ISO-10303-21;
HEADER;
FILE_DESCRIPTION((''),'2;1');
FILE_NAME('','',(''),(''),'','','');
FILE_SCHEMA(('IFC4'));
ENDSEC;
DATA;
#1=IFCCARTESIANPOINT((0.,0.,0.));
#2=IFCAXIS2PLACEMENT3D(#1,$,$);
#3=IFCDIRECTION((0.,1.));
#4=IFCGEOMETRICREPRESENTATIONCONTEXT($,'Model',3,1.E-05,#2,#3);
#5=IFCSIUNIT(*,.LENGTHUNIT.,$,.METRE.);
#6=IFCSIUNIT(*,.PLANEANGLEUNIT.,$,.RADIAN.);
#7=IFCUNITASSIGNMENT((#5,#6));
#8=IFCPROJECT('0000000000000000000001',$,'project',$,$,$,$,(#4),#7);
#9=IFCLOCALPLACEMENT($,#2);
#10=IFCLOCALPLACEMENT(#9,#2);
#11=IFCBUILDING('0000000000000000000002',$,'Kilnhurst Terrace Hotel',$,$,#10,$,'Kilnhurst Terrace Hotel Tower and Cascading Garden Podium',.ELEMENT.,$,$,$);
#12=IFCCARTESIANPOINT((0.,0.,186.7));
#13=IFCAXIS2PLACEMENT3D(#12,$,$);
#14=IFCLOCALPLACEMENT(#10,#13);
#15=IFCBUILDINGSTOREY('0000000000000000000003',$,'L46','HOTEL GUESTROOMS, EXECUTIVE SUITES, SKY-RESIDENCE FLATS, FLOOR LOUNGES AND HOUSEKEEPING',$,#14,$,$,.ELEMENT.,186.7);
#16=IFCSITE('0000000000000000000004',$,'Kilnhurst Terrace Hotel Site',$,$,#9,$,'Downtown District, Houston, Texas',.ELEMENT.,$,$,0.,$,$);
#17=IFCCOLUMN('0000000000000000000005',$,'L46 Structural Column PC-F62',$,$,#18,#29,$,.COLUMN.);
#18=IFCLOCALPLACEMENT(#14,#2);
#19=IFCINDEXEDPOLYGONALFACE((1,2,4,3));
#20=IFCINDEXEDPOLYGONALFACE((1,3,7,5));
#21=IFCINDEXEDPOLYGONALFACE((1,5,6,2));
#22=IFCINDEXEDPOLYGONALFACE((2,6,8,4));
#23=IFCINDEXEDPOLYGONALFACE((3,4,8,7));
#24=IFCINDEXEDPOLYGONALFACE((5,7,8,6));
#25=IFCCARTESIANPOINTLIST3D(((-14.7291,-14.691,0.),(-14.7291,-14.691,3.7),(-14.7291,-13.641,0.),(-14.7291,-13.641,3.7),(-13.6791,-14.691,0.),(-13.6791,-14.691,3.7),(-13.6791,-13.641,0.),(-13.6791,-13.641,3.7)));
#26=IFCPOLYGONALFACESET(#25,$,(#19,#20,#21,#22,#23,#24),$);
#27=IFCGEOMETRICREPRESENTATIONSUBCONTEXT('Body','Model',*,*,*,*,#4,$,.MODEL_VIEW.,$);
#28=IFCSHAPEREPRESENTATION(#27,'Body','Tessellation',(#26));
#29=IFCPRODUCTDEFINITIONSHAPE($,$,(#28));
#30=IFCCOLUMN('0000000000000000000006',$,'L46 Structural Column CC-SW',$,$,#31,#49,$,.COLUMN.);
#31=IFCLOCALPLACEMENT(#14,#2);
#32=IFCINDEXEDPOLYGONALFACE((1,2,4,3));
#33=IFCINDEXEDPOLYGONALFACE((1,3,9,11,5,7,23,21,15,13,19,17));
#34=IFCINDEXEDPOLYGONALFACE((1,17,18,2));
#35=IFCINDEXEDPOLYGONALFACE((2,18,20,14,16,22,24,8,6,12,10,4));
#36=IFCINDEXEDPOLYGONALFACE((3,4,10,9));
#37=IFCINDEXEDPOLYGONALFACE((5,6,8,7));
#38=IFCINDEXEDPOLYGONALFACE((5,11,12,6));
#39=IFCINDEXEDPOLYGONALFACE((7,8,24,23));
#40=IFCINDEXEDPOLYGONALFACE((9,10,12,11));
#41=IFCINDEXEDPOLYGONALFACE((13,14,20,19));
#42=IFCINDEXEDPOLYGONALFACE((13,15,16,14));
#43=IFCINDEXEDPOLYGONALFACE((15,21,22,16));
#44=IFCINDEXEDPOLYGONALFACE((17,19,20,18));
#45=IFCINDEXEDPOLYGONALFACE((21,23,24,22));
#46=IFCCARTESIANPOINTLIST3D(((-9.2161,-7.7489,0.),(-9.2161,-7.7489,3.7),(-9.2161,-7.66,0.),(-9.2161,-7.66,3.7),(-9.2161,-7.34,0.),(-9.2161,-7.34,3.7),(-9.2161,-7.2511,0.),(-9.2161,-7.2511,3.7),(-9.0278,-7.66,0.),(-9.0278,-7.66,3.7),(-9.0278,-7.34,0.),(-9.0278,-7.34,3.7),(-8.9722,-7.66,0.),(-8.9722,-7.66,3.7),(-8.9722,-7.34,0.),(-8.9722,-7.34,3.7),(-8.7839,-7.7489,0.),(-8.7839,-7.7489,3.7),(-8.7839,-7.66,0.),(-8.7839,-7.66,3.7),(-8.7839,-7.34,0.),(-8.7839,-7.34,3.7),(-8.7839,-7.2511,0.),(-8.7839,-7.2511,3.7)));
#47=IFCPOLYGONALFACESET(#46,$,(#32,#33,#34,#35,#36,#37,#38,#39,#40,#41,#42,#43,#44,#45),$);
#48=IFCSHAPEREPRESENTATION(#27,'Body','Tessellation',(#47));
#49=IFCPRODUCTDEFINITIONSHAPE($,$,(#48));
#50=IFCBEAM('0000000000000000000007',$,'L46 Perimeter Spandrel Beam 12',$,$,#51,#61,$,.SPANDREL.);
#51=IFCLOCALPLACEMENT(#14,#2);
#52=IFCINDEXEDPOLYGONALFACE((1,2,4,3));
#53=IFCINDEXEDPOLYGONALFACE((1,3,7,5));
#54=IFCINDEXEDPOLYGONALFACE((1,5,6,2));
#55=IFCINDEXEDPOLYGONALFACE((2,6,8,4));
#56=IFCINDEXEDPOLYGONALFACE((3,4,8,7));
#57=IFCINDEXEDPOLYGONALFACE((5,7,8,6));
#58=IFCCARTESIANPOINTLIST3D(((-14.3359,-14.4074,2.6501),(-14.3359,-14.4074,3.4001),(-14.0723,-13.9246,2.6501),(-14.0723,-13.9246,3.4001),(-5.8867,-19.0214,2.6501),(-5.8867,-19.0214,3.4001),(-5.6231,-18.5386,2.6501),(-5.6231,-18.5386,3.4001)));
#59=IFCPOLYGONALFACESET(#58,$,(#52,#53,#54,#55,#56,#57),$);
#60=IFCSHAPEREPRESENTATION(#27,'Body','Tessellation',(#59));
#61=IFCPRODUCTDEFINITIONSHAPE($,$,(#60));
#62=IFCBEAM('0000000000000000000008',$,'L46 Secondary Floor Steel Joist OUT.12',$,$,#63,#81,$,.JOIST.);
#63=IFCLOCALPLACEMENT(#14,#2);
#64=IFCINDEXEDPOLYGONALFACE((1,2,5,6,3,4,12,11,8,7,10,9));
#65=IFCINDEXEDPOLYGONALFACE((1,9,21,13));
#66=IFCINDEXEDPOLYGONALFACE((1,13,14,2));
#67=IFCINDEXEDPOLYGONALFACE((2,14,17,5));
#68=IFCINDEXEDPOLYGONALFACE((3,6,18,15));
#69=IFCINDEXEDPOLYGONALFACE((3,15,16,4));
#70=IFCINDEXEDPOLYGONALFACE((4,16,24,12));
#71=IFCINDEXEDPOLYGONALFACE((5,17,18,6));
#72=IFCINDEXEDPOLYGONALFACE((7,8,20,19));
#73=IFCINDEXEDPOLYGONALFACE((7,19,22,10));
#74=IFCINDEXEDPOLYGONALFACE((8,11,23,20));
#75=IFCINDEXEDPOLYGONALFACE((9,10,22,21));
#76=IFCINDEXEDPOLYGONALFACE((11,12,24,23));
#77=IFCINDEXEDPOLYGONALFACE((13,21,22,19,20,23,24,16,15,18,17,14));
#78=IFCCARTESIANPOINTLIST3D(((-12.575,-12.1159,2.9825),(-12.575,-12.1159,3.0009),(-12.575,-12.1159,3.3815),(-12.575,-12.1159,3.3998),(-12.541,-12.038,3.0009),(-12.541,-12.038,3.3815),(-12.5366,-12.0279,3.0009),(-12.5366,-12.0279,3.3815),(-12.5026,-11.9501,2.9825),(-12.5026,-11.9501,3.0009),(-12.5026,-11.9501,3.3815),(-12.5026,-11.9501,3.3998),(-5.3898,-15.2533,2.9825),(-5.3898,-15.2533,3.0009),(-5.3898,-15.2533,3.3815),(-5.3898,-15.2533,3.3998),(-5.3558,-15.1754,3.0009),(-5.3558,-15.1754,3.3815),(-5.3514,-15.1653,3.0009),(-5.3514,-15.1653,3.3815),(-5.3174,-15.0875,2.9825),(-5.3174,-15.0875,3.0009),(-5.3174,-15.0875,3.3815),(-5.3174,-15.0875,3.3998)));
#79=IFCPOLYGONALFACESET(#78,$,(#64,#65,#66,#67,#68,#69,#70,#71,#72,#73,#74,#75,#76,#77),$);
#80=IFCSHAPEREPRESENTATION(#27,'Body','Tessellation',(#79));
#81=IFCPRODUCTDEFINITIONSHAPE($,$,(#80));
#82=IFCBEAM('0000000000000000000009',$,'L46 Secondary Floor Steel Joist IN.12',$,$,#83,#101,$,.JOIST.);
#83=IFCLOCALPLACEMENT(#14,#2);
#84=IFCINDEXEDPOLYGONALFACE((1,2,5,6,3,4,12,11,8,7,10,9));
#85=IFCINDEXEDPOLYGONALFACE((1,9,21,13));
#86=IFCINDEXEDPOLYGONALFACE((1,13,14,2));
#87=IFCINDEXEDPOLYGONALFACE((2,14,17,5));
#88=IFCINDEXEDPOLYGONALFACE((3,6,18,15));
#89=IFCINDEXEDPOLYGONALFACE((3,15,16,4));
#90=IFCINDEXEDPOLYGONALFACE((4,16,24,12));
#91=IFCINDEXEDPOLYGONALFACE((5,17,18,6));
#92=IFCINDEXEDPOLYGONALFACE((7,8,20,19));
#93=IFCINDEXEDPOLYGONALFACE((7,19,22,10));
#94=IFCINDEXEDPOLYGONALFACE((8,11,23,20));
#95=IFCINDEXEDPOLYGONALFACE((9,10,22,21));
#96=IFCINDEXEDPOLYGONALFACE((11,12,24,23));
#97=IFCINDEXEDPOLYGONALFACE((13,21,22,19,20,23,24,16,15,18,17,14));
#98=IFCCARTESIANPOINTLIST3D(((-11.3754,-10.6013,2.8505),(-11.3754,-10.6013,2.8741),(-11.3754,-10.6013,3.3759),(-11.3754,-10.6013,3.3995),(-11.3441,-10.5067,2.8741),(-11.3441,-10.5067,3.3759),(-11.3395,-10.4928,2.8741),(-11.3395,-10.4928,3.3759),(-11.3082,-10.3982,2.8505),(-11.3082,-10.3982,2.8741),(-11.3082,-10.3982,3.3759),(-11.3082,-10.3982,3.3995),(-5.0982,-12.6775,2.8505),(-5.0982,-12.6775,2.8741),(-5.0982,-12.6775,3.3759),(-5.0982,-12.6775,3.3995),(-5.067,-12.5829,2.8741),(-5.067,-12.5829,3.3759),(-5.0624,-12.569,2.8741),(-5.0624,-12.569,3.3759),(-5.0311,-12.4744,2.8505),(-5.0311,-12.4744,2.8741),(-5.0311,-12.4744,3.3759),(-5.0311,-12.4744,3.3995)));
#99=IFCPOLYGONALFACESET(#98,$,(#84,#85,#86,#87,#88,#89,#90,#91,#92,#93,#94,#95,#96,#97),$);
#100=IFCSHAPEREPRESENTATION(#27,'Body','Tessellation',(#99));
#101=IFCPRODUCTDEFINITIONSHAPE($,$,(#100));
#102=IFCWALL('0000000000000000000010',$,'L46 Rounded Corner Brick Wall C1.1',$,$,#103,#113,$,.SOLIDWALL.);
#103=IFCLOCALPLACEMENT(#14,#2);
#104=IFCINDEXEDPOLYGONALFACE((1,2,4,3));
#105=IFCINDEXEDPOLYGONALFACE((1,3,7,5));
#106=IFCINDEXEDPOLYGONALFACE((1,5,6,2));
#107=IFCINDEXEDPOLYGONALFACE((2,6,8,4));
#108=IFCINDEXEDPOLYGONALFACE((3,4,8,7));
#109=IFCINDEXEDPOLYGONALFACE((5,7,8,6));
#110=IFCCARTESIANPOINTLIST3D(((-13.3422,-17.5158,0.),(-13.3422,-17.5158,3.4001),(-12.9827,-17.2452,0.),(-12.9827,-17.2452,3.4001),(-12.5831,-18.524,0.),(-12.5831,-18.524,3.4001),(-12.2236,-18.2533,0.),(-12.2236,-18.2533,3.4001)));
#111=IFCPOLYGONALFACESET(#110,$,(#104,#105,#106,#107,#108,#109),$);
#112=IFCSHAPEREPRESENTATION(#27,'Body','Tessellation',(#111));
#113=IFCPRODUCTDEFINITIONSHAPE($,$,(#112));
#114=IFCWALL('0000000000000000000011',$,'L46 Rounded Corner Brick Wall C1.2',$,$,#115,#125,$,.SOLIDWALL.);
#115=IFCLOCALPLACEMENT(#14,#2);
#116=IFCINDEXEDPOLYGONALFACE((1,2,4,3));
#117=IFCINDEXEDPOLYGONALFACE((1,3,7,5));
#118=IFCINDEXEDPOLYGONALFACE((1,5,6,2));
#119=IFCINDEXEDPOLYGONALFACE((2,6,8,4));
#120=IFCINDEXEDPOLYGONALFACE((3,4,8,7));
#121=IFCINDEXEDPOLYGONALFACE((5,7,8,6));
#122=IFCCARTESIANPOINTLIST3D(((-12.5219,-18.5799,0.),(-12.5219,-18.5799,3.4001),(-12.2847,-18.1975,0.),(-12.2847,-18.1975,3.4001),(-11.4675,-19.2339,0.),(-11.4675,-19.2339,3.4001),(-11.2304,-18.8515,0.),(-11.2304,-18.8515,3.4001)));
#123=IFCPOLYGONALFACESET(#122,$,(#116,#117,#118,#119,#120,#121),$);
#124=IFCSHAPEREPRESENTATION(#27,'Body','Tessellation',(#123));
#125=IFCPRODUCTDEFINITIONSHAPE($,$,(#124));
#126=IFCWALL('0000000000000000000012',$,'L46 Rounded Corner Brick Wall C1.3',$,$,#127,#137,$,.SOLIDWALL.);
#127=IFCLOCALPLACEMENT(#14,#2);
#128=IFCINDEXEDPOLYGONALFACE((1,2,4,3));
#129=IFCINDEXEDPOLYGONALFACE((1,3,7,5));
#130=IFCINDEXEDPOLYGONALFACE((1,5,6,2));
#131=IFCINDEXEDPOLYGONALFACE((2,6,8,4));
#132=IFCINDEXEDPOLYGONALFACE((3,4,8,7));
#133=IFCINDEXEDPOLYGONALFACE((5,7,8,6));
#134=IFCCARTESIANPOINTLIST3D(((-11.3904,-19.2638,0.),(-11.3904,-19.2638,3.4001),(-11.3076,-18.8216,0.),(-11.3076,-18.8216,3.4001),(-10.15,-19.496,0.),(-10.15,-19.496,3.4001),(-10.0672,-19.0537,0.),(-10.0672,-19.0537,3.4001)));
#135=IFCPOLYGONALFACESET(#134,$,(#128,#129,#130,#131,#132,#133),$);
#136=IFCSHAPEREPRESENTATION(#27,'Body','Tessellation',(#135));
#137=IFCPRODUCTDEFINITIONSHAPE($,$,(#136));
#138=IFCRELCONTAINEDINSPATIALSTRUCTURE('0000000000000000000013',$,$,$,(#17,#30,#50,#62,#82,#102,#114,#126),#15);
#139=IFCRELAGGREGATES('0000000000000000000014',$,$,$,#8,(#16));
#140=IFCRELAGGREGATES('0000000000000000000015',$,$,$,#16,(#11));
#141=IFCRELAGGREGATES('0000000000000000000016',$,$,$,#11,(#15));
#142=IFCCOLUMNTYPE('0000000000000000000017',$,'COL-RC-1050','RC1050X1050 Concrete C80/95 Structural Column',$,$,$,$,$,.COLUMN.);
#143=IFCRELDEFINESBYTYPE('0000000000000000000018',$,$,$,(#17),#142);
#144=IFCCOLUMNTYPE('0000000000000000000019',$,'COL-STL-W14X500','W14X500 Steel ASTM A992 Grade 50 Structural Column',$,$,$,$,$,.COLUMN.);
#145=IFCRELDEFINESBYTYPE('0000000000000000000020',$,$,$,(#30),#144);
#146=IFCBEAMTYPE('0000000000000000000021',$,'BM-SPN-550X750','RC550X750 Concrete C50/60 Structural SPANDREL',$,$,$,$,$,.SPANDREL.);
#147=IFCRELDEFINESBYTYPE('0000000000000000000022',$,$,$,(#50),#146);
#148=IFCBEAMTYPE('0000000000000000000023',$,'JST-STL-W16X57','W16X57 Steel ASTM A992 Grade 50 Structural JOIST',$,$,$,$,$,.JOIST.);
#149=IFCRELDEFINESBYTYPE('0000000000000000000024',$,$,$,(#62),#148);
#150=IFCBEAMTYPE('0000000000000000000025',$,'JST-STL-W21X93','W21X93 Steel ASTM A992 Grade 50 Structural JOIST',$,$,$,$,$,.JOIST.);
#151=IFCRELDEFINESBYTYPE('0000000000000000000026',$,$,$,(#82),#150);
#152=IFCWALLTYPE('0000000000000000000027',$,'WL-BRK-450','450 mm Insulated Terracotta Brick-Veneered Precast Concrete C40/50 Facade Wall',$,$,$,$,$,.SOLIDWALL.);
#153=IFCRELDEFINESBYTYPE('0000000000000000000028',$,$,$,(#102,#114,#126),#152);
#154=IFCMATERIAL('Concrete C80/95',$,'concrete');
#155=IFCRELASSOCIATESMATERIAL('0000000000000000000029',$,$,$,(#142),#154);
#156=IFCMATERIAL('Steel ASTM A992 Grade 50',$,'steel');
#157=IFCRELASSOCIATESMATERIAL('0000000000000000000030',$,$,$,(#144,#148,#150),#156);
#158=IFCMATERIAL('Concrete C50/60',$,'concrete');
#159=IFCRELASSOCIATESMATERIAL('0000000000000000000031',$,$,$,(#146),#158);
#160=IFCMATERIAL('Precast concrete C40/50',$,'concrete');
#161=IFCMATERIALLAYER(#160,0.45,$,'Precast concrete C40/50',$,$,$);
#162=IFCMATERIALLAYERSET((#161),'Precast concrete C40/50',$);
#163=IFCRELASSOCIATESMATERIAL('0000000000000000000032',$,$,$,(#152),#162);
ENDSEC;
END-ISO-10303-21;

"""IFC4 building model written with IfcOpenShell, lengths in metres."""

from ifc_helpers import new_model, si_unit, direction, frame, frame_2d, origin, origin_2d, place, context, subcontext, project, spatial, rectangle, i_section, extrude, material, layer, layer_set, material_profile, profile_set, type_object, element, save


model = new_model("IFC4")

# Units and contexts
model_context = context("Model", 3, precision=1e-05, world=origin(), true_north=direction((0.0, 1.0)))
body_context = subcontext(model_context, "Body", "Model", "MODEL_VIEW")
ifc_project = project(units=[si_unit("LENGTHUNIT", "METRE"), si_unit("PLANEANGLEUNIT", "RADIAN")], contexts=[model_context])

# Site, building, storey
site_placement = place(None, origin())
site = spatial("IfcSite", under=ifc_project, at=site_placement, Name="Kilnhurst Terrace Hotel Site", LongName="Downtown District, Houston, Texas", CompositionType="ELEMENT", RefElevation=0.0)
building_placement = place(site_placement, origin())
building = spatial("IfcBuilding", under=site, at=building_placement, Name="Kilnhurst Terrace Hotel", LongName="Kilnhurst Terrace Hotel Tower and Cascading Garden Podium", CompositionType="ELEMENT")
storey_placement = place(building_placement, frame((0.0, 0.0, 186.7)))
storey = spatial("IfcBuildingStorey", under=building, at=storey_placement, Name="L46", Description="HOTEL GUESTROOMS, EXECUTIVE SUITES, SKY-RESIDENCE FLATS, FLOOR LOUNGES AND HOUSEKEEPING", CompositionType="ELEMENT", Elevation=186.7)

# Columns
ifc_material_1 = material(Name="Concrete C80/95", Category="concrete")
ifc_material_profile_1 = material_profile(ifc_material_1, rectangle(XDim=1.05, YDim=1.05, at=origin_2d()), Name="RC1050X1050")
ifc_profile_set_1 = profile_set([ifc_material_profile_1], Name="Concrete C80/95")
column_type_1 = type_object("IfcColumnType", Name="COL-RC-1050", Description="RC1050X1050 Concrete C80/95 Structural Column", PredefinedType="COLUMN", material=ifc_profile_set_1)
column_1_placement = place(storey_placement, frame((-14.2041, -14.166, 0.0), z_axis=(0.0, 0.0, 1.0), x_axis=(1.0, 0.0, 0.0)))
element("IfcColumn", 1, at=column_1_placement, inside=storey, type_object=column_type_1, Name="L46 Structural Column PC-F62", PredefinedType="COLUMN", context=body_context, shape_type="SweptSolid", body=[
    extrude(rectangle(XDim=1.05, YDim=1.05, at=origin_2d()), origin(), (0.0, 0.0, 1.0), 3.7),
])
ifc_material_2 = material(Name="Steel ASTM A992 Grade 50", Category="steel")
ifc_material_profile_2 = material_profile(ifc_material_2, i_section(OverallWidth=0.4321, OverallDepth=0.4978, WebThickness=0.0557, FlangeThickness=0.0889, at=origin_2d()), Name="W14X500")
ifc_profile_set_2 = profile_set([ifc_material_profile_2], Name="Steel ASTM A992 Grade 50")
column_type_2 = type_object("IfcColumnType", Name="COL-STL-W14X500", Description="W14X500 Steel ASTM A992 Grade 50 Structural Column", PredefinedType="COLUMN", material=ifc_profile_set_2)
column_2_placement = place(storey_placement, frame((-9.0, -7.5, 0.0), z_axis=(0.0, 0.0, 1.0), x_axis=(1.0, 0.0, 0.0)))
element("IfcColumn", 2, at=column_2_placement, inside=storey, type_object=column_type_2, Name="L46 Structural Column CC-SW", PredefinedType="COLUMN", context=body_context, shape_type="SweptSolid", body=[
    extrude(i_section(OverallWidth=0.4321, OverallDepth=0.4978, WebThickness=0.0557, FlangeThickness=0.0889, at=origin_2d()), origin(), (0.0, 0.0, 1.0), 3.7),
])

# Beams
ifc_material_3 = material(Name="Concrete C50/60", Category="concrete")
ifc_material_profile_3 = material_profile(ifc_material_3, rectangle(XDim=0.55, YDim=0.75, at=origin_2d()), Name="RC550X750")
ifc_profile_set_3 = profile_set([ifc_material_profile_3], Name="Concrete C50/60")
beam_type_1 = type_object("IfcBeamType", Name="BM-SPN-550X750", Description="RC550X750 Concrete C50/60 Structural SPANDREL", PredefinedType="SPANDREL", material=ifc_profile_set_3)
beam_1_placement = place(storey_placement, frame((-14.2041, -14.166, 3.0251), z_axis=(0.877662, -0.47928, 0.0), x_axis=(0.47928, 0.877662, 0.0)))
element("IfcBeam", 3, at=beam_1_placement, inside=storey, type_object=beam_type_1, Name="L46 Perimeter Spandrel Beam 12", PredefinedType="SPANDREL", context=body_context, shape_type="SweptSolid", body=[
    extrude(rectangle(XDim=0.55, YDim=0.75, at=origin_2d()), origin(), (0.0, 0.0, 1.0), 9.627),
])
ifc_material_profile_4 = material_profile(ifc_material_2, i_section(OverallWidth=0.1809, OverallDepth=0.4172, WebThickness=0.011, FlangeThickness=0.0183, at=origin_2d()), Name="W16X57")
ifc_profile_set_4 = profile_set([ifc_material_profile_4], Name="Steel ASTM A992 Grade 50")
beam_type_2 = type_object("IfcBeamType", Name="JST-STL-W16X57", Description="W16X57 Steel ASTM A992 Grade 50 Structural JOIST", PredefinedType="JOIST", material=ifc_profile_set_4)
beam_2_placement = place(storey_placement, frame((-12.5388, -12.033, 3.1912), z_axis=(0.916444, -0.400164, 0.0), x_axis=(0.400164, 0.916444, 0.0)))
element("IfcBeam", 4, at=beam_2_placement, inside=storey, type_object=beam_type_2, Name="L46 Secondary Floor Steel Joist OUT.12", PredefinedType="JOIST", context=body_context, shape_type="SweptSolid", body=[
    extrude(i_section(OverallWidth=0.1809, OverallDepth=0.4172, WebThickness=0.011, FlangeThickness=0.0183, at=origin_2d()), origin(), (0.0, 0.0, 1.0), 7.8403),
])
ifc_material_profile_5 = material_profile(ifc_material_2, i_section(OverallWidth=0.2139, OverallDepth=0.5491, WebThickness=0.0146, FlangeThickness=0.0237, at=origin_2d()), Name="W21X93")
ifc_profile_set_5 = profile_set([ifc_material_profile_5], Name="Steel ASTM A992 Grade 50")
beam_type_3 = type_object("IfcBeamType", Name="JST-STL-W21X93", Description="W21X93 Steel ASTM A992 Grade 50 Structural JOIST", PredefinedType="JOIST", material=ifc_profile_set_5)
beam_3_placement = place(storey_placement, frame((-11.3418, -10.4998, 3.125), z_axis=(0.949416, -0.314022, 0.0), x_axis=(0.314022, 0.949416, 0.0)))
element("IfcBeam", 5, at=beam_3_placement, inside=storey, type_object=beam_type_3, Name="L46 Secondary Floor Steel Joist IN.12", PredefinedType="JOIST", context=body_context, shape_type="SweptSolid", body=[
    extrude(i_section(OverallWidth=0.2139, OverallDepth=0.5491, WebThickness=0.0146, FlangeThickness=0.0237, at=origin_2d()), origin(), (0.0, 0.0, 1.0), 6.6116),
])

# Walls
ifc_material_4 = material(Name="Precast concrete C40/50", Category="concrete")
ifc_layer_1 = layer(ifc_material_4, 0.45, Name="Precast concrete C40/50")
ifc_layer_set_1 = layer_set([ifc_layer_1], Name="Precast concrete C40/50")
wall_type_1 = type_object("IfcWallType", Name="WL-BRK-450", Description="450 mm Insulated Terracotta Brick-Veneered Precast Concrete C40/50 Facade Wall", PredefinedType="SOLIDWALL", material=ifc_layer_set_1)
wall_1_placement = place(storey_placement, frame((-13.1624, -17.3806, 0.0), z_axis=(0.0, 0.0, 1.0), x_axis=(0.601516, -0.798861, 0.0)))
element("IfcWall", 6, at=wall_1_placement, inside=storey, type_object=wall_type_1, Name="L46 Rounded Corner Brick Wall C1.1", PredefinedType="SOLIDWALL", context=body_context, shape_type="SweptSolid", body=[
    extrude(rectangle(XDim=1.262, YDim=0.45, at=frame_2d((0.6309, 0.0))), origin(), (0.0, 0.0, 1.0), 3.4001),
])
wall_2_placement = place(storey_placement, frame((-12.4033, -18.3887, 0.0), z_axis=(0.0, 0.0, 1.0), x_axis=(0.849795, -0.527113, 0.0)))
element("IfcWall", 7, at=wall_2_placement, inside=storey, type_object=wall_type_1, Name="L46 Rounded Corner Brick Wall C1.2", PredefinedType="SOLIDWALL", context=body_context, shape_type="SweptSolid", body=[
    extrude(rectangle(XDim=1.2407, YDim=0.45, at=frame_2d((0.6204, 0.0))), origin(), (0.0, 0.0, 1.0), 3.4001),
])
wall_3_placement = place(storey_placement, frame((-11.3489, -19.0427, 0.0), z_axis=(0.0, 0.0, 1.0), x_axis=(0.982931, -0.183973, 0.0)))
element("IfcWall", 8, at=wall_3_placement, inside=storey, type_object=wall_type_1, Name="L46 Rounded Corner Brick Wall C1.3", PredefinedType="SOLIDWALL", context=body_context, shape_type="SweptSolid", body=[
    extrude(rectangle(XDim=1.262, YDim=0.45, at=frame_2d((0.6309, 0.0))), origin(), (0.0, 0.0, 1.0), 3.4001),
])

save(model, "model.ifc")
